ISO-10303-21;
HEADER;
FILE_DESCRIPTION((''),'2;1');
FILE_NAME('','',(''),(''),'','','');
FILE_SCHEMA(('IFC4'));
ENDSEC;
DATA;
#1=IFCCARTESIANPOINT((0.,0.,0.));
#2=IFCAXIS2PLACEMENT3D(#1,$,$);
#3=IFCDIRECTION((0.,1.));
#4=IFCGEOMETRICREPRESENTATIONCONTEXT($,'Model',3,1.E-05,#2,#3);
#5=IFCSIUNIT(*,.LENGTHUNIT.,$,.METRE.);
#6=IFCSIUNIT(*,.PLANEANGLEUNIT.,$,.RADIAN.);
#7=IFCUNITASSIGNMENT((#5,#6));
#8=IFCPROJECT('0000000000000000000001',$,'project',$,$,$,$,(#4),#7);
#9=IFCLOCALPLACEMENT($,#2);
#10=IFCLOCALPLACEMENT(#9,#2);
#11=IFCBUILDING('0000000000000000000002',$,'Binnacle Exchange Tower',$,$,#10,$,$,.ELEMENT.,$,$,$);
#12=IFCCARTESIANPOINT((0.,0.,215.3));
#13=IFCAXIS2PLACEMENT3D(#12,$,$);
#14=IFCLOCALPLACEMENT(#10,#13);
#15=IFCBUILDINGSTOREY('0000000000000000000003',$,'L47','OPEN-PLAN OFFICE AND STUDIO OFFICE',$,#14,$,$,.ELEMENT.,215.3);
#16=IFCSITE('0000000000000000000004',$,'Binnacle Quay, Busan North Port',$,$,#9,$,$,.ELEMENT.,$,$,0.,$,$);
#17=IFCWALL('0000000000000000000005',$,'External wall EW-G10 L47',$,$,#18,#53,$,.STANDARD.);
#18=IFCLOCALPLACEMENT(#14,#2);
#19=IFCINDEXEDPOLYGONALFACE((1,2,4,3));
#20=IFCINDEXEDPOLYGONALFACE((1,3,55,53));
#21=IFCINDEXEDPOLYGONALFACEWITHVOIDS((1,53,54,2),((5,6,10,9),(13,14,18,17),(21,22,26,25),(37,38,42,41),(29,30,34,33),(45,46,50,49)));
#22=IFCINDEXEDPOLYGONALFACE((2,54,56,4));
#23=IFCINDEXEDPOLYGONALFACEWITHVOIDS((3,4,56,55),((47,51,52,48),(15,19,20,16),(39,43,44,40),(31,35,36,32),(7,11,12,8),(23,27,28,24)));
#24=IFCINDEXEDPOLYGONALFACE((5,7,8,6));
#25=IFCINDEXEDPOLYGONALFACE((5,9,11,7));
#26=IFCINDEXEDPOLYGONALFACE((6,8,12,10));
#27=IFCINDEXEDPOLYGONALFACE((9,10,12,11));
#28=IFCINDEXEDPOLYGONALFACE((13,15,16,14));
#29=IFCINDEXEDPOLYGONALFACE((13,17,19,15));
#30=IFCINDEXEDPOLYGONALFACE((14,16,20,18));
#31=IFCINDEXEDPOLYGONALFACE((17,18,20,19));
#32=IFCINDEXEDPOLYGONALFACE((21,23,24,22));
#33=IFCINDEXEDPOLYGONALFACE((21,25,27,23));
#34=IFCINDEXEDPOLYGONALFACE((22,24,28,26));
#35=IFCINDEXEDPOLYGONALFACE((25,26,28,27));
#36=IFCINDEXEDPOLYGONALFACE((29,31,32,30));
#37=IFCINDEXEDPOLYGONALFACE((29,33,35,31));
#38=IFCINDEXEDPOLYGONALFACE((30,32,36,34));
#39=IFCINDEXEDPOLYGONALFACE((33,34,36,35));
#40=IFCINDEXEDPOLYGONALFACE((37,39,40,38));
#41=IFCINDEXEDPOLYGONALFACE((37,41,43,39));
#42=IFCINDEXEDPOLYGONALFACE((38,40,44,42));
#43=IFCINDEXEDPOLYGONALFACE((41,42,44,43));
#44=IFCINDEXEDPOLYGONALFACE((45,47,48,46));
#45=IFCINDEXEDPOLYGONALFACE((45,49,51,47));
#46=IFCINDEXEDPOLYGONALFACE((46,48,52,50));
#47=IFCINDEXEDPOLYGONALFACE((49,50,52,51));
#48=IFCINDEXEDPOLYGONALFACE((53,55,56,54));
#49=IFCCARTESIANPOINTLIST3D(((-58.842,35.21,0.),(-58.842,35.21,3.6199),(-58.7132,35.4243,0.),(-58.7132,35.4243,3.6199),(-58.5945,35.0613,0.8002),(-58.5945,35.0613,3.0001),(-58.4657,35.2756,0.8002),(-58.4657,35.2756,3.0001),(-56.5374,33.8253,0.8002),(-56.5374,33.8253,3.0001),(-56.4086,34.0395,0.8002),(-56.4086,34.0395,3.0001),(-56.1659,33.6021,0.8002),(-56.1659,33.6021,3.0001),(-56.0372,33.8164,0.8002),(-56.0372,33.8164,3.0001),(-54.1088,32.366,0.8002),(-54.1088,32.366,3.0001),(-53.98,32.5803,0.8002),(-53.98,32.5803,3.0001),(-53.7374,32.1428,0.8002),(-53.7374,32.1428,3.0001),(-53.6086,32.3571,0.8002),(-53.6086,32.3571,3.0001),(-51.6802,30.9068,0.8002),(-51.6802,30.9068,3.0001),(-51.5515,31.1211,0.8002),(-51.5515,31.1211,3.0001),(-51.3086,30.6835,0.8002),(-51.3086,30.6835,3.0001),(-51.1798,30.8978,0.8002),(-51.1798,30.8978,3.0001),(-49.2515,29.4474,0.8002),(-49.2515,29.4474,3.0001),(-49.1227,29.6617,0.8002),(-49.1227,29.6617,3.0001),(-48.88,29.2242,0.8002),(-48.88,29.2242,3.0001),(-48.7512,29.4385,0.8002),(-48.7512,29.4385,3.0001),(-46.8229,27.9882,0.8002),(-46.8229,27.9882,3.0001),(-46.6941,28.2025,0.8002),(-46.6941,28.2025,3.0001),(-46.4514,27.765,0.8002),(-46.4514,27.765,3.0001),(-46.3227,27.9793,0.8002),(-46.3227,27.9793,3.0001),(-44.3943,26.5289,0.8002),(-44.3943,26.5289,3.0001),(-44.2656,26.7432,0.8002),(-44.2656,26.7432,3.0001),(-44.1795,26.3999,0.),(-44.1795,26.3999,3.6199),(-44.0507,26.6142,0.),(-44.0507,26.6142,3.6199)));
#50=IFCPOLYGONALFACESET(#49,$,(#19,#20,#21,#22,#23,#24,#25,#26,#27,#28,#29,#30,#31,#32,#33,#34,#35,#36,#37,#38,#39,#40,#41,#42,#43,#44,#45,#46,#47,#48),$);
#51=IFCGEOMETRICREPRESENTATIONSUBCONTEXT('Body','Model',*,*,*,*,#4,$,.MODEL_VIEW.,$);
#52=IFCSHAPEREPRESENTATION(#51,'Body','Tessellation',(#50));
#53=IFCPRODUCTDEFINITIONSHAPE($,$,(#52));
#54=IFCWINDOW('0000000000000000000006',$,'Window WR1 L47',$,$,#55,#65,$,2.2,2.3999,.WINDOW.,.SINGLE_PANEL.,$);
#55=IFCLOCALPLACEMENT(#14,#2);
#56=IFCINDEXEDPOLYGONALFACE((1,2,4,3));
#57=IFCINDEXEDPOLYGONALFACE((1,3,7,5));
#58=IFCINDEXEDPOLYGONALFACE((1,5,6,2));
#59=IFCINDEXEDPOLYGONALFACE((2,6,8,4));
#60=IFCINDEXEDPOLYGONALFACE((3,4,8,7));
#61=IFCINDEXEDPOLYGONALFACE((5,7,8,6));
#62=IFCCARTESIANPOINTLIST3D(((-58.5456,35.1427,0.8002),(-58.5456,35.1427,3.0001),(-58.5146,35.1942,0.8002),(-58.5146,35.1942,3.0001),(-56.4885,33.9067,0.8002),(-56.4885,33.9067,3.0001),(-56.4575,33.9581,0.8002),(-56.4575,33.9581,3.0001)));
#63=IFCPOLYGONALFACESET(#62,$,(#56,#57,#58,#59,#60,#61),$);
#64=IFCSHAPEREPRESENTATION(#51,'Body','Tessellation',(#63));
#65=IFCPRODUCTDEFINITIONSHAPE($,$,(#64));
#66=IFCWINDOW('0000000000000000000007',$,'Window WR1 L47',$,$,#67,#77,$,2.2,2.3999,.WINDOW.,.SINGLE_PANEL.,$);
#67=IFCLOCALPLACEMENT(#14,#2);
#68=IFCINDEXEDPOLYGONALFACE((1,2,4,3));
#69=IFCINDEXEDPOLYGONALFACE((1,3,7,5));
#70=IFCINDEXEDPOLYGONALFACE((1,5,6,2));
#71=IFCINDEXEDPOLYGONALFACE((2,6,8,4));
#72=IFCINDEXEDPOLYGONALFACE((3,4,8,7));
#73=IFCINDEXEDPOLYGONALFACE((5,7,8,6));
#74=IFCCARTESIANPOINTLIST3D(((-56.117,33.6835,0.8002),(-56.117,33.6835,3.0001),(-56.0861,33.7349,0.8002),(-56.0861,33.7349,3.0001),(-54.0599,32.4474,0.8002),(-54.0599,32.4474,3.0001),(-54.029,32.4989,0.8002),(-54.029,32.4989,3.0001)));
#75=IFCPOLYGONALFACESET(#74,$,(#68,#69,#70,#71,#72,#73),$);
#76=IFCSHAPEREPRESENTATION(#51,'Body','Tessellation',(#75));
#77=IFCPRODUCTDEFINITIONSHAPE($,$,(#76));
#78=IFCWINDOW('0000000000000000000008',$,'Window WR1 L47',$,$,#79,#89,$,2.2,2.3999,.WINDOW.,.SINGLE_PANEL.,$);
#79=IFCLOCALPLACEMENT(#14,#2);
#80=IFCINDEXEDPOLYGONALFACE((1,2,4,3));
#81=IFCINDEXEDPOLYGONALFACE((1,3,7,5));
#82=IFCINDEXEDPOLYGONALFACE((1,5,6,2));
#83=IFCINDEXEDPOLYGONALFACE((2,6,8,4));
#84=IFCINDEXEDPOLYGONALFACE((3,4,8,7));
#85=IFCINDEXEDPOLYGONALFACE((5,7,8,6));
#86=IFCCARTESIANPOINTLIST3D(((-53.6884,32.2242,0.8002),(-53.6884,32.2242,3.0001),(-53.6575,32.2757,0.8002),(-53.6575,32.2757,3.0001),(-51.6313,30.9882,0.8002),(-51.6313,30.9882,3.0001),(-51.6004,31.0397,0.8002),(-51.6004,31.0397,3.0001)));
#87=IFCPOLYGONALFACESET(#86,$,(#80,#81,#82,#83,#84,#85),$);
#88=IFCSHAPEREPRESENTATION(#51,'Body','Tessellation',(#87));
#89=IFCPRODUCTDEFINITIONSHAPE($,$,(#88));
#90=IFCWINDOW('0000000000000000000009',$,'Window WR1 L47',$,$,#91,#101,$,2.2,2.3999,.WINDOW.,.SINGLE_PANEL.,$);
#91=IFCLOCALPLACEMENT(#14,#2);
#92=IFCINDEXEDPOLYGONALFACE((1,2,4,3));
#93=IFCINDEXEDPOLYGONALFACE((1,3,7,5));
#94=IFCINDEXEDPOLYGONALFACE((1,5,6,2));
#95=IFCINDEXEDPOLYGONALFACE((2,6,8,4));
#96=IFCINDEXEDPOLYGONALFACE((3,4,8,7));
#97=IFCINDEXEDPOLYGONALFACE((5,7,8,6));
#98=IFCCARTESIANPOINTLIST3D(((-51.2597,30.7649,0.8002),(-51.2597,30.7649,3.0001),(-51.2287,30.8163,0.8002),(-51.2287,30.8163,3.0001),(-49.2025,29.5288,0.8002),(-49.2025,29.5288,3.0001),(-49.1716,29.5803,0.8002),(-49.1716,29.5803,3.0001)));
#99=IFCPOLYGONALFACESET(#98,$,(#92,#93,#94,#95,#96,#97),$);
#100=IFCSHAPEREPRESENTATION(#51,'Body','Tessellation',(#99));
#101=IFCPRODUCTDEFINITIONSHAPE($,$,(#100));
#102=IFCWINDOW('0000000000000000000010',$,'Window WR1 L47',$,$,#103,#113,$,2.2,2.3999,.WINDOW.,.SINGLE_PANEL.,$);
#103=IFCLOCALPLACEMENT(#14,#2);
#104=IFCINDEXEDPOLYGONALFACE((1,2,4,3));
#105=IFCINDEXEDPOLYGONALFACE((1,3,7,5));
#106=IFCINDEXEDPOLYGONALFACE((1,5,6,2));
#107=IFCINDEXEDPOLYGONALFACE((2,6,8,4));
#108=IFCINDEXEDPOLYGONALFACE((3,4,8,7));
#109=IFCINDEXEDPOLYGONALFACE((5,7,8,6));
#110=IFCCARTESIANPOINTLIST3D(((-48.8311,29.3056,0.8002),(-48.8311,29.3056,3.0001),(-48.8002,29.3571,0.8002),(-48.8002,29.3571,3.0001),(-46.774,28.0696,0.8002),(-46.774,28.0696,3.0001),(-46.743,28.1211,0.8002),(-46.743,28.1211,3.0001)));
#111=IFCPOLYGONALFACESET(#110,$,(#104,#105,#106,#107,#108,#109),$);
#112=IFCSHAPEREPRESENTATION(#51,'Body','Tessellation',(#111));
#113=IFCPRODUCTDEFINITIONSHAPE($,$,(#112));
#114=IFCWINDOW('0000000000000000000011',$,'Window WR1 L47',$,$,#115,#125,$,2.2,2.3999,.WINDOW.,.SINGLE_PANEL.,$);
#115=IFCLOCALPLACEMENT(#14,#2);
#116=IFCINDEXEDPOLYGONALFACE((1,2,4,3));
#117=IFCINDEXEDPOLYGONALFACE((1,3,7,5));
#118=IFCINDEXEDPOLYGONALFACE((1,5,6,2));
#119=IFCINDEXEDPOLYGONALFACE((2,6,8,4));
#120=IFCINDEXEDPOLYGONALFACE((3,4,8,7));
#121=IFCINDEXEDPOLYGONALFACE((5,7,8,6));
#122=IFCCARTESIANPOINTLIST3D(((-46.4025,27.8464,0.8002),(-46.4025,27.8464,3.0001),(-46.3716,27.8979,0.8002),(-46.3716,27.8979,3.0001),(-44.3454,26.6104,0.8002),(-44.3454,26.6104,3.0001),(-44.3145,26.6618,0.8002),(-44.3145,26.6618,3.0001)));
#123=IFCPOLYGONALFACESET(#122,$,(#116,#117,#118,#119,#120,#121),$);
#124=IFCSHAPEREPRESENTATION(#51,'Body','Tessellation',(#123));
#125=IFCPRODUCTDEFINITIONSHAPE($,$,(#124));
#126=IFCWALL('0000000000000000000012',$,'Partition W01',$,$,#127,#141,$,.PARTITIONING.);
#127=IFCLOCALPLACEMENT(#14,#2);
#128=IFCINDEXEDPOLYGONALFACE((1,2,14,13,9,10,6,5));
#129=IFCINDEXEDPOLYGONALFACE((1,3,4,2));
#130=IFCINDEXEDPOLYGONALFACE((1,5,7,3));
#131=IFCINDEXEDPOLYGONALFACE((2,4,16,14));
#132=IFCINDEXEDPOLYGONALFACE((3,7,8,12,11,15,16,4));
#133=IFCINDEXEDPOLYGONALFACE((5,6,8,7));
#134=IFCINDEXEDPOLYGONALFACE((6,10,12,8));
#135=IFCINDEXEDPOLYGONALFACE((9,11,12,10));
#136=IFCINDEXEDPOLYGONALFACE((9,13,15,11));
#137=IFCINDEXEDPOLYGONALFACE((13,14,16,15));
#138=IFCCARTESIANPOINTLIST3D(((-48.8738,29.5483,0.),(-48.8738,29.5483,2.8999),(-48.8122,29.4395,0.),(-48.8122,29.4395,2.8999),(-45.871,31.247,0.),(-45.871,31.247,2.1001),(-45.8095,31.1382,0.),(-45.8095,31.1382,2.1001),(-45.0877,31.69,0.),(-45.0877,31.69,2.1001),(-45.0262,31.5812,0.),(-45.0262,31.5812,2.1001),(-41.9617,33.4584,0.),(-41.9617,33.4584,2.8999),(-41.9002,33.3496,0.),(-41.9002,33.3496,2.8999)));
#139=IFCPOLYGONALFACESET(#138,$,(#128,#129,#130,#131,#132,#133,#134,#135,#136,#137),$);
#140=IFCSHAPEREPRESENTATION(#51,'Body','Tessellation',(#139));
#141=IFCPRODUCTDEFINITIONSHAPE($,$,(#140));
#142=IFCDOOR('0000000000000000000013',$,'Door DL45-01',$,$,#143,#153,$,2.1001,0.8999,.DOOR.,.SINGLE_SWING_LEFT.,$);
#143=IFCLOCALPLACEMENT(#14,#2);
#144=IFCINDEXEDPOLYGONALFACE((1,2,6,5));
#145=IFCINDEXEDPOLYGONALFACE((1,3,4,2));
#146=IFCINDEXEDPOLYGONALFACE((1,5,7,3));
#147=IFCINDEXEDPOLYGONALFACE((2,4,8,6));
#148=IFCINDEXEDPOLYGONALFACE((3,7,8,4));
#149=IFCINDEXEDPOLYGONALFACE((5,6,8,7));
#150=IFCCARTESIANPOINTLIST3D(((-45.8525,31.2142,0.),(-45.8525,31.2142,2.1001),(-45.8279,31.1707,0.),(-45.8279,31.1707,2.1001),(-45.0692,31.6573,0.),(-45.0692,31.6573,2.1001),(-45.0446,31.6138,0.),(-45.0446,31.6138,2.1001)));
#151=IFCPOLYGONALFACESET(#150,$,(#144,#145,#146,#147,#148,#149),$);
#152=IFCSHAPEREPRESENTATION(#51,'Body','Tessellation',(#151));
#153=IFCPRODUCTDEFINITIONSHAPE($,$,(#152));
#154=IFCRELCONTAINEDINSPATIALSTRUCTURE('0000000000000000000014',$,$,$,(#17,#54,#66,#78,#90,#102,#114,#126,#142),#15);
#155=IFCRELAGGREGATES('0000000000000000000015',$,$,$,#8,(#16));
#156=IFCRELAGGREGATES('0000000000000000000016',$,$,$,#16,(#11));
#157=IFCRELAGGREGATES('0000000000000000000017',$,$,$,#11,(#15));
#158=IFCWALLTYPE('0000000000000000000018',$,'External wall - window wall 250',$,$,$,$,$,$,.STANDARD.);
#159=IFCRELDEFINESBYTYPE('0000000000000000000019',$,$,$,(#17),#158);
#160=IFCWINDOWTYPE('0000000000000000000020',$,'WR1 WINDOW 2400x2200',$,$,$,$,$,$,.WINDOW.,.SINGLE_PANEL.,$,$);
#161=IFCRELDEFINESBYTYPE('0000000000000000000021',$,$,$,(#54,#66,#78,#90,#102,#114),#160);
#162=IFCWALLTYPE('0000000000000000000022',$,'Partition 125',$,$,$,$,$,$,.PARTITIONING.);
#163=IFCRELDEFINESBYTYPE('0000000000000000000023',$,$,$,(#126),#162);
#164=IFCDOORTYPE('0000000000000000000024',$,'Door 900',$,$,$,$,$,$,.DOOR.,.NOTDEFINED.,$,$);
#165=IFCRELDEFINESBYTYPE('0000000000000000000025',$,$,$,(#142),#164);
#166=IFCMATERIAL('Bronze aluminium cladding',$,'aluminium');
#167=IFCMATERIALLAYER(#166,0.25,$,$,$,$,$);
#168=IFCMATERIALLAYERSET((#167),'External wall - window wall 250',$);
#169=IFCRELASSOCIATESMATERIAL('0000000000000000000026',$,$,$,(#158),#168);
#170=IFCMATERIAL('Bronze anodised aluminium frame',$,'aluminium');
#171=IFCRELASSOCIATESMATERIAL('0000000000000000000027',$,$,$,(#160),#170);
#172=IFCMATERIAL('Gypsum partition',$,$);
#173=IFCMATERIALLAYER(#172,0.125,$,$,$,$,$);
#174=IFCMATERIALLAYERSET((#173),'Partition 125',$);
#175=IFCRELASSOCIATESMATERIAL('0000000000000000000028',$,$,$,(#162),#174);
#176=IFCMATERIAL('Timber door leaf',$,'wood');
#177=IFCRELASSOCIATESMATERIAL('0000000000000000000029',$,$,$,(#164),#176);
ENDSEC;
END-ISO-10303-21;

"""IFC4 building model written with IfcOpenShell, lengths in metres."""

from ifc_helpers import new_model, si_unit, direction, frame, frame_2d, origin, place, context, subcontext, project, spatial, rectangle, extrude, material, layer, layer_set, type_object, element, fill, save


model = new_model("IFC4")

# Units and contexts
model_context = context("Model", 3, precision=1e-05, world=origin(), true_north=direction((0.0, 1.0)))
body_context = subcontext(model_context, "Body", "Model", "MODEL_VIEW")
ifc_project = project(units=[si_unit("LENGTHUNIT", "METRE"), si_unit("PLANEANGLEUNIT", "RADIAN")], contexts=[model_context])

# Site, building, storey
site_placement = place(None, origin())
site = spatial("IfcSite", under=ifc_project, at=site_placement, Name="Binnacle Quay, Busan North Port", CompositionType="ELEMENT", RefElevation=0.0)
building_placement = place(site_placement, origin())
building = spatial("IfcBuilding", under=site, at=building_placement, Name="Binnacle Exchange Tower", CompositionType="ELEMENT")
storey_placement = place(building_placement, frame((0.0, 0.0, 215.3)))
storey = spatial("IfcBuildingStorey", under=building, at=storey_placement, Name="L47", Description="OPEN-PLAN OFFICE AND STUDIO OFFICE", CompositionType="ELEMENT", Elevation=215.3)

# Shared definitions
ifc_material_1 = material(Name="Bronze aluminium cladding", Category="aluminium")
ifc_layer_1 = layer(ifc_material_1, 0.25)
ifc_layer_set_1 = layer_set([ifc_layer_1], Name="External wall - window wall 250")
wall_type_1 = type_object("IfcWallType", Name="External wall - window wall 250", PredefinedType="STANDARD", material=ifc_layer_set_1)

# Wall, openings, windows
wall_1_placement = place(storey_placement, frame((-44.1152, 26.5071, 0.0), z_axis=(0.0, 0.0, 1.0), x_axis=(-0.857167, 0.515039, 0.0)))
wall_1 = element("IfcWall", 1, at=wall_1_placement, inside=storey, type_object=wall_type_1, Name="External wall EW-G10 L47", PredefinedType="STANDARD", context=body_context, shape_type="SweptSolid", body=[
    extrude(rectangle(XDim=17.1057, YDim=0.25, at=frame_2d((8.5527, 0.0))), origin(), (0.0, 0.0, 1.0), 3.6199),
])
opening_1_placement = place(wall_1_placement, frame((14.417, 0.0, 0.8)))
opening_1 = element("IfcOpeningElement", 2, at=opening_1_placement, cuts=wall_1, PredefinedType="OPENING", context=body_context, shape_type="SweptSolid", body=[
    extrude(rectangle(XDim=2.3999, YDim=2.2, at=frame_2d((1.2, 1.1001))), frame((0.0, 0.135, 0.0), z_axis=(0.0, -1.0, 0.0), x_axis=(1.0, 0.0, 0.0)), (0.0, 0.0, 1.0), 0.27),
])
opening_2_placement = place(wall_1_placement, frame((11.5837, 0.0, 0.8)))
opening_2 = element("IfcOpeningElement", 3, at=opening_2_placement, cuts=wall_1, PredefinedType="OPENING", context=body_context, shape_type="SweptSolid", body=[
    extrude(rectangle(XDim=2.3999, YDim=2.2, at=frame_2d((1.2, 1.1001))), frame((0.0, 0.135, 0.0), z_axis=(0.0, -1.0, 0.0), x_axis=(1.0, 0.0, 0.0)), (0.0, 0.0, 1.0), 0.27),
])
opening_3_placement = place(wall_1_placement, frame((8.7505, 0.0, 0.8)))
opening_3 = element("IfcOpeningElement", 4, at=opening_3_placement, cuts=wall_1, PredefinedType="OPENING", context=body_context, shape_type="SweptSolid", body=[
    extrude(rectangle(XDim=2.3999, YDim=2.2, at=frame_2d((1.2, 1.1001))), frame((0.0, 0.135, 0.0), z_axis=(0.0, -1.0, 0.0), x_axis=(1.0, 0.0, 0.0)), (0.0, 0.0, 1.0), 0.27),
])
opening_4_placement = place(wall_1_placement, frame((5.917, 0.0, 0.8)))
opening_4 = element("IfcOpeningElement", 5, at=opening_4_placement, cuts=wall_1, PredefinedType="OPENING", context=body_context, shape_type="SweptSolid", body=[
    extrude(rectangle(XDim=2.3999, YDim=2.2, at=frame_2d((1.2, 1.1001))), frame((0.0, 0.135, 0.0), z_axis=(0.0, -1.0, 0.0), x_axis=(1.0, 0.0, 0.0)), (0.0, 0.0, 1.0), 0.27),
])
opening_5_placement = place(wall_1_placement, frame((3.0837, 0.0, 0.8)))
opening_5 = element("IfcOpeningElement", 6, at=opening_5_placement, cuts=wall_1, PredefinedType="OPENING", context=body_context, shape_type="SweptSolid", body=[
    extrude(rectangle(XDim=2.3999, YDim=2.2, at=frame_2d((1.2, 1.1001))), frame((0.0, 0.135, 0.0), z_axis=(0.0, -1.0, 0.0), x_axis=(1.0, 0.0, 0.0)), (0.0, 0.0, 1.0), 0.27),
])
opening_6_placement = place(wall_1_placement, frame((0.2505, 0.0, 0.8)))
opening_6 = element("IfcOpeningElement", 7, at=opening_6_placement, cuts=wall_1, PredefinedType="OPENING", context=body_context, shape_type="SweptSolid", body=[
    extrude(rectangle(XDim=2.3999, YDim=2.2, at=frame_2d((1.2, 1.1001))), frame((0.0, 0.135, 0.0), z_axis=(0.0, -1.0, 0.0), x_axis=(1.0, 0.0, 0.0)), (0.0, 0.0, 1.0), 0.27),
])
ifc_material_2 = material(Name="Bronze anodised aluminium frame", Category="aluminium")
window_type = type_object("IfcWindowType", Name="WR1 WINDOW 2400x2200", PartitioningType="SINGLE_PANEL", PredefinedType="WINDOW", material=ifc_material_2)
window_1_placement = place(opening_1_placement, origin())
window_1 = element("IfcWindow", 8, at=window_1_placement, inside=storey, type_object=window_type, Name="Window WR1 L47", OverallHeight=2.2, OverallWidth=2.3999, PartitioningType="SINGLE_PANEL", PredefinedType="WINDOW", context=body_context, shape_type="SweptSolid", body=[
    extrude(rectangle(XDim=2.3999, YDim=2.2, at=frame_2d((1.2, 1.1001))), frame((0.0, 0.03, 0.0), z_axis=(0.0, -1.0, 0.0), x_axis=(1.0, 0.0, 0.0)), (0.0, 0.0, 1.0), 0.0601),
])
fill(opening_1, window_1)
window_2_placement = place(opening_2_placement, origin())
window_2 = element("IfcWindow", 9, at=window_2_placement, inside=storey, type_object=window_type, Name="Window WR1 L47", OverallHeight=2.2, OverallWidth=2.3999, PartitioningType="SINGLE_PANEL", PredefinedType="WINDOW", context=body_context, shape_type="SweptSolid", body=[
    extrude(rectangle(XDim=2.3999, YDim=2.2, at=frame_2d((1.2, 1.1001))), frame((0.0, 0.03, 0.0), z_axis=(0.0, -1.0, 0.0), x_axis=(1.0, 0.0, 0.0)), (0.0, 0.0, 1.0), 0.0601),
])
fill(opening_2, window_2)
window_3_placement = place(opening_3_placement, origin())
window_3 = element("IfcWindow", 10, at=window_3_placement, inside=storey, type_object=window_type, Name="Window WR1 L47", OverallHeight=2.2, OverallWidth=2.3999, PartitioningType="SINGLE_PANEL", PredefinedType="WINDOW", context=body_context, shape_type="SweptSolid", body=[
    extrude(rectangle(XDim=2.3999, YDim=2.2, at=frame_2d((1.2, 1.1001))), frame((0.0, 0.03, 0.0), z_axis=(0.0, -1.0, 0.0), x_axis=(1.0, 0.0, 0.0)), (0.0, 0.0, 1.0), 0.0601),
])
fill(opening_3, window_3)
window_4_placement = place(opening_4_placement, origin())
window_4 = element("IfcWindow", 11, at=window_4_placement, inside=storey, type_object=window_type, Name="Window WR1 L47", OverallHeight=2.2, OverallWidth=2.3999, PartitioningType="SINGLE_PANEL", PredefinedType="WINDOW", context=body_context, shape_type="SweptSolid", body=[
    extrude(rectangle(XDim=2.3999, YDim=2.2, at=frame_2d((1.2, 1.1001))), frame((0.0, 0.03, 0.0), z_axis=(0.0, -1.0, 0.0), x_axis=(1.0, 0.0, 0.0)), (0.0, 0.0, 1.0), 0.0601),
])
fill(opening_4, window_4)
window_5_placement = place(opening_5_placement, origin())
window_5 = element("IfcWindow", 12, at=window_5_placement, inside=storey, type_object=window_type, Name="Window WR1 L47", OverallHeight=2.2, OverallWidth=2.3999, PartitioningType="SINGLE_PANEL", PredefinedType="WINDOW", context=body_context, shape_type="SweptSolid", body=[
    extrude(rectangle(XDim=2.3999, YDim=2.2, at=frame_2d((1.2, 1.1001))), frame((0.0, 0.03, 0.0), z_axis=(0.0, -1.0, 0.0), x_axis=(1.0, 0.0, 0.0)), (0.0, 0.0, 1.0), 0.0601),
])
fill(opening_5, window_5)
window_6_placement = place(opening_6_placement, origin())
window_6 = element("IfcWindow", 13, at=window_6_placement, inside=storey, type_object=window_type, Name="Window WR1 L47", OverallHeight=2.2, OverallWidth=2.3999, PartitioningType="SINGLE_PANEL", PredefinedType="WINDOW", context=body_context, shape_type="SweptSolid", body=[
    extrude(rectangle(XDim=2.3999, YDim=2.2, at=frame_2d((1.2, 1.1001))), frame((0.0, 0.03, 0.0), z_axis=(0.0, -1.0, 0.0), x_axis=(1.0, 0.0, 0.0)), (0.0, 0.0, 1.0), 0.0601),
])
fill(opening_6, window_6)

# Wall, opening, door
ifc_material_3 = material(Name="Gypsum partition")
ifc_layer_2 = layer(ifc_material_3, 0.125)
ifc_layer_set_2 = layer_set([ifc_layer_2], Name="Partition 125")
wall_type_2 = type_object("IfcWallType", Name="Partition 125", PredefinedType="PARTITIONING", material=ifc_layer_set_2)
wall_2_placement = place(storey_placement, frame((-48.843, 29.4939, 0.0), z_axis=(0.0, 0.0, 1.0), x_axis=(0.870384, 0.492373, 0.0)))
wall_2 = element("IfcWall", 14, at=wall_2_placement, inside=storey, type_object=wall_type_2, Name="Partition W01", PredefinedType="PARTITIONING", context=body_context, shape_type="SweptSolid", body=[
    extrude(rectangle(XDim=7.9414, YDim=0.125, at=frame_2d((3.9707, 0.0))), origin(), (0.0, 0.0, 1.0), 2.8999),
])
opening_7_placement = place(wall_2_placement, frame((3.45, 0.0, 0.0)))
opening_7 = element("IfcOpeningElement", 15, at=opening_7_placement, cuts=wall_2, PredefinedType="OPENING", context=body_context, shape_type="SweptSolid", body=[
    extrude(rectangle(XDim=0.8999, YDim=2.1001, at=frame_2d((0.45, 1.05))), frame((0.0, 0.0725, 0.0), z_axis=(0.0, -1.0, 0.0), x_axis=(1.0, 0.0, 0.0)), (0.0, 0.0, 1.0), 0.145),
])
ifc_material_4 = material(Name="Timber door leaf", Category="wood")
door_type_1 = type_object("IfcDoorType", Name="Door 900", OperationType="NOTDEFINED", PredefinedType="DOOR", material=ifc_material_4)
door_1_placement = place(opening_7_placement, origin())
door_1 = element("IfcDoor", 16, at=door_1_placement, inside=storey, type_object=door_type_1, Name="Door DL45-01", OperationType="SINGLE_SWING_LEFT", OverallHeight=2.1001, OverallWidth=0.8999, PredefinedType="DOOR", context=body_context, shape_type="SweptSolid", body=[
    extrude(rectangle(XDim=0.8999, YDim=2.1001, at=frame_2d((0.45, 1.05))), frame((0.0, 0.0249, 0.0), z_axis=(0.0, -1.0, 0.0), x_axis=(1.0, 0.0, 0.0)), (0.0, 0.0, 1.0), 0.05),
])
fill(opening_7, door_1)

save(model, "model.ifc")
